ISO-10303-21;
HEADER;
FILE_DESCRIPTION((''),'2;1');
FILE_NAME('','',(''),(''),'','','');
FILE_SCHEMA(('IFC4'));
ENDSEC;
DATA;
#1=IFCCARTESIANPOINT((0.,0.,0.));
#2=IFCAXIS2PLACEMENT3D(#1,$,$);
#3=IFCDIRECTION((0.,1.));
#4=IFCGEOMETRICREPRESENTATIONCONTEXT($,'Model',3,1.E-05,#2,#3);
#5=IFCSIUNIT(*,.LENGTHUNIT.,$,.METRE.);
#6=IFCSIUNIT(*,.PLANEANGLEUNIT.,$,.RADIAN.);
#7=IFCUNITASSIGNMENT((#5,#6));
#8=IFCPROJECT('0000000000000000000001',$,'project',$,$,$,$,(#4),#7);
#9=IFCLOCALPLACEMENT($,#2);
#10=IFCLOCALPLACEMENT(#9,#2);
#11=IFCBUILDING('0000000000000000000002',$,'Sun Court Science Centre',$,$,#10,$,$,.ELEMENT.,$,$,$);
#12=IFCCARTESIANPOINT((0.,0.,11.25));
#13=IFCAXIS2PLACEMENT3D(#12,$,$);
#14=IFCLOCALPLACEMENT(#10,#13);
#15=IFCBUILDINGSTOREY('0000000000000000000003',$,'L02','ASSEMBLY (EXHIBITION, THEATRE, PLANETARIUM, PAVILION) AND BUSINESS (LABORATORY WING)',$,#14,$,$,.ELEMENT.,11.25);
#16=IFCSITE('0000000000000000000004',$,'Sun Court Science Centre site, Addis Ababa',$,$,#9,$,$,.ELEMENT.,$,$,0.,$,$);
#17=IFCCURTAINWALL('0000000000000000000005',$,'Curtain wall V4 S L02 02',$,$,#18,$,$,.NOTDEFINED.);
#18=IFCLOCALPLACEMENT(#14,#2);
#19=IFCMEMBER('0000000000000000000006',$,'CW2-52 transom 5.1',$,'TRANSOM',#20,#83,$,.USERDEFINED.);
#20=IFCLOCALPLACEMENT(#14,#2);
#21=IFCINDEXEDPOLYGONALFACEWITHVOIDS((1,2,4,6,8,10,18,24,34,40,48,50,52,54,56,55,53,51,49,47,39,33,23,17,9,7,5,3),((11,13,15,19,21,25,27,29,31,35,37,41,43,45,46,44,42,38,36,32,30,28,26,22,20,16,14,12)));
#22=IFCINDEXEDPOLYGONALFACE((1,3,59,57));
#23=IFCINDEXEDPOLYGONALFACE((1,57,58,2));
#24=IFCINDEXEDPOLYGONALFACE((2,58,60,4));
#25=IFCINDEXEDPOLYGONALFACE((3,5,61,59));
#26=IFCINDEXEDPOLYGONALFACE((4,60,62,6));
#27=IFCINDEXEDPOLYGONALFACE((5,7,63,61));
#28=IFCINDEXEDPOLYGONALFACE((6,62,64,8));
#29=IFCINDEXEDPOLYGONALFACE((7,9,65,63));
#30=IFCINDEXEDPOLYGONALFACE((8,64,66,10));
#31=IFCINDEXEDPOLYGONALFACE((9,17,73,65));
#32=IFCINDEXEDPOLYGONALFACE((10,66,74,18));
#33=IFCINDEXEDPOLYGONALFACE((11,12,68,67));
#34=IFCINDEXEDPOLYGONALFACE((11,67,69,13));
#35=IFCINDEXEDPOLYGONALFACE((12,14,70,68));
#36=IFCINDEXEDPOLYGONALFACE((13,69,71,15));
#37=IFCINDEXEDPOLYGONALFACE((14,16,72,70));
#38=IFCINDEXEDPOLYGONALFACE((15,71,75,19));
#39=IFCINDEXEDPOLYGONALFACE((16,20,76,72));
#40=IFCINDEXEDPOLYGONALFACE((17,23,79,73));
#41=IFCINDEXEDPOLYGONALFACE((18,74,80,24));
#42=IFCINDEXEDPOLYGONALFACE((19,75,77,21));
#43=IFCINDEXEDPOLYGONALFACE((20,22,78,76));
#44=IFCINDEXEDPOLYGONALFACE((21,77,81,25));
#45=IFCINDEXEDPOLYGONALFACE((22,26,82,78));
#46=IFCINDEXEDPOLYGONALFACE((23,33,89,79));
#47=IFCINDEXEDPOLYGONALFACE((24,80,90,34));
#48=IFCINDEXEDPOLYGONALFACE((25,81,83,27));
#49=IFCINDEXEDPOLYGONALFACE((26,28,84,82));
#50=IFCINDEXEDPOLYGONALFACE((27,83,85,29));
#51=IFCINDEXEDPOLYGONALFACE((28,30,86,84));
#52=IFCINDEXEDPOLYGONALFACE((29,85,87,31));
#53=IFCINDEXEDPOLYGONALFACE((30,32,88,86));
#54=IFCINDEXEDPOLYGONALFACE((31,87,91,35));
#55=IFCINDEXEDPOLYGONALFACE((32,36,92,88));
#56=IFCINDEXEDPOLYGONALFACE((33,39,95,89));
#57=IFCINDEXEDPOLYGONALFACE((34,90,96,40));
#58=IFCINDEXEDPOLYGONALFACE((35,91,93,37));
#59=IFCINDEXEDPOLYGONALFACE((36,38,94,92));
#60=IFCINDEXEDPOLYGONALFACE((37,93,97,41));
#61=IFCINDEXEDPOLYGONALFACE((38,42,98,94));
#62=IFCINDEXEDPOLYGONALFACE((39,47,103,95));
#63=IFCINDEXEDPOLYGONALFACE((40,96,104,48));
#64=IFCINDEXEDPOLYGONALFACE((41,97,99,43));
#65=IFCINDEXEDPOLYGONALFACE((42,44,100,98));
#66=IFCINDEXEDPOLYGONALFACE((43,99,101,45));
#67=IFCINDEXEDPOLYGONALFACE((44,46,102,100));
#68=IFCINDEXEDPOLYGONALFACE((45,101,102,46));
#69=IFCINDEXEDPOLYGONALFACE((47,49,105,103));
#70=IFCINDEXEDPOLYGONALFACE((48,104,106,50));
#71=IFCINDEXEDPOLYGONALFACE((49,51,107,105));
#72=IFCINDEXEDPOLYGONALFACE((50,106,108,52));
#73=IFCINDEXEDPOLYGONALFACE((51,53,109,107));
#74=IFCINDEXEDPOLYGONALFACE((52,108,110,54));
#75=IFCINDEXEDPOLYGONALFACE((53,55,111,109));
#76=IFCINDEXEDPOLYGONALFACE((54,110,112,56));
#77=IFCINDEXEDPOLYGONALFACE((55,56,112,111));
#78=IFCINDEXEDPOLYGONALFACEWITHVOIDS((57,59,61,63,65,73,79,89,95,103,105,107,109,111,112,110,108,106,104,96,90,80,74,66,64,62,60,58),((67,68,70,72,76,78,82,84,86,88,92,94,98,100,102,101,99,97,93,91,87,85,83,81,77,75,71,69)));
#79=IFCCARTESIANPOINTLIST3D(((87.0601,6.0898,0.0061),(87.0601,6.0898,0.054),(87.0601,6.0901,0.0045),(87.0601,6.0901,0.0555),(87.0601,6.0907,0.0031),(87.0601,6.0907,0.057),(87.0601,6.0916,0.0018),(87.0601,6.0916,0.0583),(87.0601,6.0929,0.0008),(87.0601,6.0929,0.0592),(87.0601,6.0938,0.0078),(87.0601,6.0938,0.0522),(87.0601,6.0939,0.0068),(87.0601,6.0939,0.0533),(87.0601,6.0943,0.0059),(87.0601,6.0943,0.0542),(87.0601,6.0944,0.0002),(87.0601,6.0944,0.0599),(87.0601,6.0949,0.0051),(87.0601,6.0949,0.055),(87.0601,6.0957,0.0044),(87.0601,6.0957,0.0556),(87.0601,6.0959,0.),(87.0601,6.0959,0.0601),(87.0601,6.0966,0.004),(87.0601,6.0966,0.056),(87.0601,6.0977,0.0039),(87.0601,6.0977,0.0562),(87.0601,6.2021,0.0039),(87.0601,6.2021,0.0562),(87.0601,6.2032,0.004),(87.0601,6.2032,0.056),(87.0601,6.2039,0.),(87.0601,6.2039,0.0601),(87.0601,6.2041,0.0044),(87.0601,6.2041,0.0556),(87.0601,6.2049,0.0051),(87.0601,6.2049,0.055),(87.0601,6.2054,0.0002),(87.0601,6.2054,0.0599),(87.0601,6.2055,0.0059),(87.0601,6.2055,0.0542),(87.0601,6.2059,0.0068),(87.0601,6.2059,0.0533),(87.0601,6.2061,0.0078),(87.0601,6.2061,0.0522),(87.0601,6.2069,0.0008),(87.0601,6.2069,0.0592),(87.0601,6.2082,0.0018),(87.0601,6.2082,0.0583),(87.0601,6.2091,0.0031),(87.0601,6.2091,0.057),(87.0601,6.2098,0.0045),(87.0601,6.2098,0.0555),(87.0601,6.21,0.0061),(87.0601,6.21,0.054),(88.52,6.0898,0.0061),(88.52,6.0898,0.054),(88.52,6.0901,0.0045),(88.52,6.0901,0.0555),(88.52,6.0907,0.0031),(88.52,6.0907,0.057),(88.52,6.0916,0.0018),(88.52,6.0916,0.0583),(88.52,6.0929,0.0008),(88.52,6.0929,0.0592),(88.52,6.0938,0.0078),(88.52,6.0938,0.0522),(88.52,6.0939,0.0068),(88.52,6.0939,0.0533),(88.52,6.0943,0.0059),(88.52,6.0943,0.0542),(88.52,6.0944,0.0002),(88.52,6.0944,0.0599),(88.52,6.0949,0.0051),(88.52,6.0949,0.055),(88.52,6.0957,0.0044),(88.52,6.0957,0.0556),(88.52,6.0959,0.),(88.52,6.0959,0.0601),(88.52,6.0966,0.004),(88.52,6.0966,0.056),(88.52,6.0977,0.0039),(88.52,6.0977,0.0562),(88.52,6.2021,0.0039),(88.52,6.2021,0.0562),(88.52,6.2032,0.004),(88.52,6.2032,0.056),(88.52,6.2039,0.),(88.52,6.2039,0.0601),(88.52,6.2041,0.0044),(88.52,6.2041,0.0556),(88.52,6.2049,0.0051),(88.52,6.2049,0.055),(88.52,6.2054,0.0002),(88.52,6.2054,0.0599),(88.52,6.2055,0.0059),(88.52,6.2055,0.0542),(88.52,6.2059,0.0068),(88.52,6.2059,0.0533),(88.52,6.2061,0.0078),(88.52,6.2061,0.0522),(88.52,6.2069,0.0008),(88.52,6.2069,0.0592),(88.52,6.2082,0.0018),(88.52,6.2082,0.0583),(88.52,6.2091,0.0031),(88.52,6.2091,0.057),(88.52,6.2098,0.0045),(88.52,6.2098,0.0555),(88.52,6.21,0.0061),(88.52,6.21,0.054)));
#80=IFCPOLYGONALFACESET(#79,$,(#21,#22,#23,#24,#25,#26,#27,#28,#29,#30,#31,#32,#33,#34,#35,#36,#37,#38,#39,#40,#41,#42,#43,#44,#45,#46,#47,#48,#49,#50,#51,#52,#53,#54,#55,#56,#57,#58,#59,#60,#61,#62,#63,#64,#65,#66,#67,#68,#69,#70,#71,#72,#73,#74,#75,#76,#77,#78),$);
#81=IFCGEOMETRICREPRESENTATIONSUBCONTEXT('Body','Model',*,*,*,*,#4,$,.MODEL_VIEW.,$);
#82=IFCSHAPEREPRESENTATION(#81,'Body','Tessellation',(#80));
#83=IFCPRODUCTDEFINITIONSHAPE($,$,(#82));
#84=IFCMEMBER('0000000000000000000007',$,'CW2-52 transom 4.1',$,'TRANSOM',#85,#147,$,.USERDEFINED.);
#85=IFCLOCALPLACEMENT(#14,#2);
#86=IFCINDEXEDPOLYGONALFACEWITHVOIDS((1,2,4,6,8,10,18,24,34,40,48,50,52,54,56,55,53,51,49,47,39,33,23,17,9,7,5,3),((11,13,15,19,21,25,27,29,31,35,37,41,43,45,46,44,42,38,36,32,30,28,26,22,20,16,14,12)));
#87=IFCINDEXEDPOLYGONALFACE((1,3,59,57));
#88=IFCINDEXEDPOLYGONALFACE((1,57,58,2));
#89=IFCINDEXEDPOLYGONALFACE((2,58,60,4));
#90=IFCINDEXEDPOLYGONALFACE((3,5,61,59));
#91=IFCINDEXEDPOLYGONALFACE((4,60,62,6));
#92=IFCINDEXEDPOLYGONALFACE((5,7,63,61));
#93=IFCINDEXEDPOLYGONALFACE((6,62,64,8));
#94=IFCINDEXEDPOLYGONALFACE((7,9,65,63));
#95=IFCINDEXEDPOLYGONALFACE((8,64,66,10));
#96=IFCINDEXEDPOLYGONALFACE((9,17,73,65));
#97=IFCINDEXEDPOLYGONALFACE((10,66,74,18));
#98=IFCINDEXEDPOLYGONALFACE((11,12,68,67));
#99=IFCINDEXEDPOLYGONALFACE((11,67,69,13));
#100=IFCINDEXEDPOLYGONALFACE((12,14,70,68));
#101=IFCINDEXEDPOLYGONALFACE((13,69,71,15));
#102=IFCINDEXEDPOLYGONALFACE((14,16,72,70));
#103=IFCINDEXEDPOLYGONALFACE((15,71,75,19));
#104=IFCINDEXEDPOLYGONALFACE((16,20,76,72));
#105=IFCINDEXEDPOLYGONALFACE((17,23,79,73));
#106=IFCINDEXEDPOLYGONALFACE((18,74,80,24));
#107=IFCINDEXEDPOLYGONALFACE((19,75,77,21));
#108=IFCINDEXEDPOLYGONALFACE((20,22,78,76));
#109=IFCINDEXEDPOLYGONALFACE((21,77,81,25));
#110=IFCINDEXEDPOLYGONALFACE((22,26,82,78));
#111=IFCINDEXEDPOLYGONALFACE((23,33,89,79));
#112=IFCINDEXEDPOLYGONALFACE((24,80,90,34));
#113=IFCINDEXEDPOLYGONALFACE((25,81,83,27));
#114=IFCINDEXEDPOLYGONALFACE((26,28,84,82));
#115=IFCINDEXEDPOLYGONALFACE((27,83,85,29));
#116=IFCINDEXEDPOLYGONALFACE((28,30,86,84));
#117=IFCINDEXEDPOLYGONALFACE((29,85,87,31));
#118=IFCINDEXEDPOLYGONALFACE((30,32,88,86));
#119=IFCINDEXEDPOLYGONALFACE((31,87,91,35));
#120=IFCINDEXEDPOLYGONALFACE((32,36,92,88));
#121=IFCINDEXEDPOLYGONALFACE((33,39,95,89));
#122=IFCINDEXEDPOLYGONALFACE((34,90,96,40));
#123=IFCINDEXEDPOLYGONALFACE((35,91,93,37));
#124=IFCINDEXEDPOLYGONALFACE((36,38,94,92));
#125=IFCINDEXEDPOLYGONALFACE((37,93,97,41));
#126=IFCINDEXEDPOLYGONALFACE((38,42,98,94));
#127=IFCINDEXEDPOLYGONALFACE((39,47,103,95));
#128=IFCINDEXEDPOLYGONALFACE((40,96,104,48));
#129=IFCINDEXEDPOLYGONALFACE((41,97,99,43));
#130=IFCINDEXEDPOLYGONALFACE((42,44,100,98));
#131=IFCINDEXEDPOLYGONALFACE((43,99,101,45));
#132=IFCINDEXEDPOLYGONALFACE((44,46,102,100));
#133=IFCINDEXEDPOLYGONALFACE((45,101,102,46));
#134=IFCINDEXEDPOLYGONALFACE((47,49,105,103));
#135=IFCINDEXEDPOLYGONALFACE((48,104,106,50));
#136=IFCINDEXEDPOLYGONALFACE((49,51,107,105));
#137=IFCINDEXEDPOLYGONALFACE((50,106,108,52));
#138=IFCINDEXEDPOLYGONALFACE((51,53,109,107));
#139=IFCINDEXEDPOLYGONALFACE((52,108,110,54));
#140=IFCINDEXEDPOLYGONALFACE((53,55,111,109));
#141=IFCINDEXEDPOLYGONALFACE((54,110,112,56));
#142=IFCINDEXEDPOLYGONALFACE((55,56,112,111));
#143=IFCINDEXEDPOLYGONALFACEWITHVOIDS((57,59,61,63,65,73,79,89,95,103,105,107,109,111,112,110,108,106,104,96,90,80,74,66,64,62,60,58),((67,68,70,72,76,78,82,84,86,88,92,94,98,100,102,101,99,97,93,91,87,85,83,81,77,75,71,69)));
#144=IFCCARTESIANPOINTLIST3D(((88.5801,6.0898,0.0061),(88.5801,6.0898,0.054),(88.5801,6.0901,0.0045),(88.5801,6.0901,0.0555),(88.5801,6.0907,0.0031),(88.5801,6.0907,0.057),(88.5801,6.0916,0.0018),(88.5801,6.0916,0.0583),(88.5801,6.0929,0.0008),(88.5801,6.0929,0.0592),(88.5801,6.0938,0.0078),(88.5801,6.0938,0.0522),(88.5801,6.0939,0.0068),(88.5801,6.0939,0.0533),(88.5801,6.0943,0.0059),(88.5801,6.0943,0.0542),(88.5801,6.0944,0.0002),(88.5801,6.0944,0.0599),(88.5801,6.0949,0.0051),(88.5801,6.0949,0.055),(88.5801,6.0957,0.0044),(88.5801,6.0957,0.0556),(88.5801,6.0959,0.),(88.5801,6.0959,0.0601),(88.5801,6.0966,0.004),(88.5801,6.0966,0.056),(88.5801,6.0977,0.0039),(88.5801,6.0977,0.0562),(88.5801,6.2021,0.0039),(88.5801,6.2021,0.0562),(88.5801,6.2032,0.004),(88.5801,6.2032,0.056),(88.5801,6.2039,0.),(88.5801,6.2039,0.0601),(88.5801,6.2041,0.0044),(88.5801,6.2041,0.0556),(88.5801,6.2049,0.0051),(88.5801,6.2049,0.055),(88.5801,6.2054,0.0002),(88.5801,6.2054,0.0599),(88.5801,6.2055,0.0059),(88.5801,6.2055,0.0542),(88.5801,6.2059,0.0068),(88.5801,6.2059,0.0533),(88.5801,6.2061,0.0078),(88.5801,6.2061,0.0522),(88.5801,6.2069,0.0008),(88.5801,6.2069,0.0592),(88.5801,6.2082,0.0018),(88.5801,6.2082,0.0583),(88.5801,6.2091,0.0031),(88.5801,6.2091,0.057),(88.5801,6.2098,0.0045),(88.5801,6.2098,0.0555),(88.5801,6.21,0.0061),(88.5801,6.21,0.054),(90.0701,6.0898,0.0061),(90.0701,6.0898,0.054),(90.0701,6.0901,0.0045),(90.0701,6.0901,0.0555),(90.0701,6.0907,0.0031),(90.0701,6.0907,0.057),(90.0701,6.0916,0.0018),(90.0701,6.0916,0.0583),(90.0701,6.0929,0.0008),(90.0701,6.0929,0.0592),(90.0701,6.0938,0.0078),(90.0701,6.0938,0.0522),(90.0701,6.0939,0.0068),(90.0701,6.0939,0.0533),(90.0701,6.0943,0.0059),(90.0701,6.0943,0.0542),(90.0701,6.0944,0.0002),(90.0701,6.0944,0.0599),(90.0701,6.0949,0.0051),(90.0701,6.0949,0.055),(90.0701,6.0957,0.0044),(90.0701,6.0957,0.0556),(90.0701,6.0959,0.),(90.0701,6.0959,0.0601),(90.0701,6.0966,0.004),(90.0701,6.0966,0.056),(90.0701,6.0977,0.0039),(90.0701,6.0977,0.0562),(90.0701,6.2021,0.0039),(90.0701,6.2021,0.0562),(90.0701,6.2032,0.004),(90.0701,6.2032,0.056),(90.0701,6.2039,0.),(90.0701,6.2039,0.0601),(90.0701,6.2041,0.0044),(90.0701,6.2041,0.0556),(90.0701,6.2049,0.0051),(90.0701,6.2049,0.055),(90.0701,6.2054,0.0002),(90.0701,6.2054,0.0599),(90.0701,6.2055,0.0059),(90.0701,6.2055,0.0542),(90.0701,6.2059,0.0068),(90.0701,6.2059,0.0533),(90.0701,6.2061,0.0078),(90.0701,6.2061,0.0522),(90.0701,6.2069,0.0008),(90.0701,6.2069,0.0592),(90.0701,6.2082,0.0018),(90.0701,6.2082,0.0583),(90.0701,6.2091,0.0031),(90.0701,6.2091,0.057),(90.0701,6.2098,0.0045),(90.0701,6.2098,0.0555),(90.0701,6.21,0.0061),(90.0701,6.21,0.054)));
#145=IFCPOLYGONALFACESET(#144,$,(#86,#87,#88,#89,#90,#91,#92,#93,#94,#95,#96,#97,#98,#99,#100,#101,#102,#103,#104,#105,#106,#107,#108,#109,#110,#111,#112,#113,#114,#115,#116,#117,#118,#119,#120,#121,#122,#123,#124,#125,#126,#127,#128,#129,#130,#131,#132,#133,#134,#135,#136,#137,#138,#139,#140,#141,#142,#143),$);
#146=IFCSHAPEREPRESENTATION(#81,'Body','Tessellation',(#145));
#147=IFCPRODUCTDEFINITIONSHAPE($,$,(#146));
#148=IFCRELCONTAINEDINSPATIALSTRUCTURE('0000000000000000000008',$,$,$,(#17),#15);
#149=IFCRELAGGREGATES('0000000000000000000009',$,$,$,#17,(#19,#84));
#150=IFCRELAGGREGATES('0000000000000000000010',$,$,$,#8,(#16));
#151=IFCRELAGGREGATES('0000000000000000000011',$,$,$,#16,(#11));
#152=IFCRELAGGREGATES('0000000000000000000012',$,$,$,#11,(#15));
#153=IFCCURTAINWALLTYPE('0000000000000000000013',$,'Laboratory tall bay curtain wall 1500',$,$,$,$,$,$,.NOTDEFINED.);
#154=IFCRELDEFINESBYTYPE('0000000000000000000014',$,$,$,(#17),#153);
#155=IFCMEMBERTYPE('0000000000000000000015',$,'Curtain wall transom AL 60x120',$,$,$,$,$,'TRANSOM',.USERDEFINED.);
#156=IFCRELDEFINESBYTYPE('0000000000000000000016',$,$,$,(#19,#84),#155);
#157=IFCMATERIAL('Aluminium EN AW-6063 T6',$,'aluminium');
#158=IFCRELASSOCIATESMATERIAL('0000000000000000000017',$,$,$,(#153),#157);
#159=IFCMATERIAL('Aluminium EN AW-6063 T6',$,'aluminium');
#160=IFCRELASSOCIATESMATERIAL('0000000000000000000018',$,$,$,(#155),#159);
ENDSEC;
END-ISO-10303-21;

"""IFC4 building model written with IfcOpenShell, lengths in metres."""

from ifc_helpers import new_model, si_unit, direction, frame, origin, origin_2d, place, context, subcontext, project, spatial, hollow_rectangle, extrude, material, material_profile, profile_set, type_object, element, aggregate, save


model = new_model("IFC4")

# Units and contexts
model_context = context("Model", 3, precision=1e-05, world=origin(), true_north=direction((0.0, 1.0)))
body_context = subcontext(model_context, "Body", "Model", "MODEL_VIEW")
ifc_project = project(units=[si_unit("LENGTHUNIT", "METRE"), si_unit("PLANEANGLEUNIT", "RADIAN")], contexts=[model_context])

# Site, building, storey
site_placement = place(None, origin())
site = spatial("IfcSite", under=ifc_project, at=site_placement, Name="Sun Court Science Centre site, Addis Ababa", CompositionType="ELEMENT", RefElevation=0.0)
building_placement = place(site_placement, origin())
building = spatial("IfcBuilding", under=site, at=building_placement, Name="Sun Court Science Centre", CompositionType="ELEMENT")
storey_placement = place(building_placement, frame((0.0, 0.0, 11.25)))
storey = spatial("IfcBuildingStorey", under=building, at=storey_placement, Name="L02", Description="ASSEMBLY (EXHIBITION, THEATRE, PLANETARIUM, PAVILION) AND BUSINESS (LABORATORY WING)", CompositionType="ELEMENT", Elevation=11.25)

# Curtain wall, members
ifc_material_1 = material(Name="Aluminium EN AW-6063 T6", Category="aluminium")
curtain_wall_type = type_object("IfcCurtainWallType", Name="Laboratory tall bay curtain wall 1500", PredefinedType="NOTDEFINED", material=ifc_material_1)
curtain_wall_placement = place(storey_placement, origin())
curtain_wall = element("IfcCurtainWall", 1, at=curtain_wall_placement, inside=storey, type_object=curtain_wall_type, Name="Curtain wall V4 S L02 02", PredefinedType="NOTDEFINED")
ifc_material_2 = material(Name="Aluminium EN AW-6063 T6", Category="aluminium")
ifc_material_profile_1 = material_profile(ifc_material_2, hollow_rectangle(XDim=0.0601, YDim=0.1201, WallThickness=0.0039, InnerFilletRadius=0.0039, OuterFilletRadius=0.0061, at=origin_2d()), Name="AL 60x120x4")
ifc_profile_set_1 = profile_set([ifc_material_profile_1], Name="Aluminium EN AW-6063 T6")
member_type_1 = type_object("IfcMemberType", Name="Curtain wall transom AL 60x120", ElementType="TRANSOM", PredefinedType="USERDEFINED", material=ifc_profile_set_1)
member_1_placement = place(storey_placement, frame((88.52, 6.1499, 0.03), z_axis=(-1.0, 0.0, 0.0), x_axis=(0.0, 0.0, 1.0)))
member_1 = element("IfcMember", 2, at=member_1_placement, type_object=member_type_1, Name="CW2-52 transom 5.1", ObjectType="TRANSOM", PredefinedType="USERDEFINED", context=body_context, shape_type="SweptSolid", body=[
    extrude(hollow_rectangle(XDim=0.0601, YDim=0.1201, WallThickness=0.0039, InnerFilletRadius=0.0039, OuterFilletRadius=0.0061, at=origin_2d()), origin(), (0.0, 0.0, 1.0), 1.46),
])
member_2_placement = place(storey_placement, frame((90.0701, 6.1499, 0.03), z_axis=(-1.0, 0.0, 0.0), x_axis=(0.0, 0.0, 1.0)))
member_2 = element("IfcMember", 3, at=member_2_placement, type_object=member_type_1, Name="CW2-52 transom 4.1", ObjectType="TRANSOM", PredefinedType="USERDEFINED", context=body_context, shape_type="SweptSolid", body=[
    extrude(hollow_rectangle(XDim=0.0601, YDim=0.1201, WallThickness=0.0039, InnerFilletRadius=0.0039, OuterFilletRadius=0.0061, at=origin_2d()), origin(), (0.0, 0.0, 1.0), 1.49),
])

aggregate(curtain_wall, [member_1, member_2])

save(model, "model.ifc")
